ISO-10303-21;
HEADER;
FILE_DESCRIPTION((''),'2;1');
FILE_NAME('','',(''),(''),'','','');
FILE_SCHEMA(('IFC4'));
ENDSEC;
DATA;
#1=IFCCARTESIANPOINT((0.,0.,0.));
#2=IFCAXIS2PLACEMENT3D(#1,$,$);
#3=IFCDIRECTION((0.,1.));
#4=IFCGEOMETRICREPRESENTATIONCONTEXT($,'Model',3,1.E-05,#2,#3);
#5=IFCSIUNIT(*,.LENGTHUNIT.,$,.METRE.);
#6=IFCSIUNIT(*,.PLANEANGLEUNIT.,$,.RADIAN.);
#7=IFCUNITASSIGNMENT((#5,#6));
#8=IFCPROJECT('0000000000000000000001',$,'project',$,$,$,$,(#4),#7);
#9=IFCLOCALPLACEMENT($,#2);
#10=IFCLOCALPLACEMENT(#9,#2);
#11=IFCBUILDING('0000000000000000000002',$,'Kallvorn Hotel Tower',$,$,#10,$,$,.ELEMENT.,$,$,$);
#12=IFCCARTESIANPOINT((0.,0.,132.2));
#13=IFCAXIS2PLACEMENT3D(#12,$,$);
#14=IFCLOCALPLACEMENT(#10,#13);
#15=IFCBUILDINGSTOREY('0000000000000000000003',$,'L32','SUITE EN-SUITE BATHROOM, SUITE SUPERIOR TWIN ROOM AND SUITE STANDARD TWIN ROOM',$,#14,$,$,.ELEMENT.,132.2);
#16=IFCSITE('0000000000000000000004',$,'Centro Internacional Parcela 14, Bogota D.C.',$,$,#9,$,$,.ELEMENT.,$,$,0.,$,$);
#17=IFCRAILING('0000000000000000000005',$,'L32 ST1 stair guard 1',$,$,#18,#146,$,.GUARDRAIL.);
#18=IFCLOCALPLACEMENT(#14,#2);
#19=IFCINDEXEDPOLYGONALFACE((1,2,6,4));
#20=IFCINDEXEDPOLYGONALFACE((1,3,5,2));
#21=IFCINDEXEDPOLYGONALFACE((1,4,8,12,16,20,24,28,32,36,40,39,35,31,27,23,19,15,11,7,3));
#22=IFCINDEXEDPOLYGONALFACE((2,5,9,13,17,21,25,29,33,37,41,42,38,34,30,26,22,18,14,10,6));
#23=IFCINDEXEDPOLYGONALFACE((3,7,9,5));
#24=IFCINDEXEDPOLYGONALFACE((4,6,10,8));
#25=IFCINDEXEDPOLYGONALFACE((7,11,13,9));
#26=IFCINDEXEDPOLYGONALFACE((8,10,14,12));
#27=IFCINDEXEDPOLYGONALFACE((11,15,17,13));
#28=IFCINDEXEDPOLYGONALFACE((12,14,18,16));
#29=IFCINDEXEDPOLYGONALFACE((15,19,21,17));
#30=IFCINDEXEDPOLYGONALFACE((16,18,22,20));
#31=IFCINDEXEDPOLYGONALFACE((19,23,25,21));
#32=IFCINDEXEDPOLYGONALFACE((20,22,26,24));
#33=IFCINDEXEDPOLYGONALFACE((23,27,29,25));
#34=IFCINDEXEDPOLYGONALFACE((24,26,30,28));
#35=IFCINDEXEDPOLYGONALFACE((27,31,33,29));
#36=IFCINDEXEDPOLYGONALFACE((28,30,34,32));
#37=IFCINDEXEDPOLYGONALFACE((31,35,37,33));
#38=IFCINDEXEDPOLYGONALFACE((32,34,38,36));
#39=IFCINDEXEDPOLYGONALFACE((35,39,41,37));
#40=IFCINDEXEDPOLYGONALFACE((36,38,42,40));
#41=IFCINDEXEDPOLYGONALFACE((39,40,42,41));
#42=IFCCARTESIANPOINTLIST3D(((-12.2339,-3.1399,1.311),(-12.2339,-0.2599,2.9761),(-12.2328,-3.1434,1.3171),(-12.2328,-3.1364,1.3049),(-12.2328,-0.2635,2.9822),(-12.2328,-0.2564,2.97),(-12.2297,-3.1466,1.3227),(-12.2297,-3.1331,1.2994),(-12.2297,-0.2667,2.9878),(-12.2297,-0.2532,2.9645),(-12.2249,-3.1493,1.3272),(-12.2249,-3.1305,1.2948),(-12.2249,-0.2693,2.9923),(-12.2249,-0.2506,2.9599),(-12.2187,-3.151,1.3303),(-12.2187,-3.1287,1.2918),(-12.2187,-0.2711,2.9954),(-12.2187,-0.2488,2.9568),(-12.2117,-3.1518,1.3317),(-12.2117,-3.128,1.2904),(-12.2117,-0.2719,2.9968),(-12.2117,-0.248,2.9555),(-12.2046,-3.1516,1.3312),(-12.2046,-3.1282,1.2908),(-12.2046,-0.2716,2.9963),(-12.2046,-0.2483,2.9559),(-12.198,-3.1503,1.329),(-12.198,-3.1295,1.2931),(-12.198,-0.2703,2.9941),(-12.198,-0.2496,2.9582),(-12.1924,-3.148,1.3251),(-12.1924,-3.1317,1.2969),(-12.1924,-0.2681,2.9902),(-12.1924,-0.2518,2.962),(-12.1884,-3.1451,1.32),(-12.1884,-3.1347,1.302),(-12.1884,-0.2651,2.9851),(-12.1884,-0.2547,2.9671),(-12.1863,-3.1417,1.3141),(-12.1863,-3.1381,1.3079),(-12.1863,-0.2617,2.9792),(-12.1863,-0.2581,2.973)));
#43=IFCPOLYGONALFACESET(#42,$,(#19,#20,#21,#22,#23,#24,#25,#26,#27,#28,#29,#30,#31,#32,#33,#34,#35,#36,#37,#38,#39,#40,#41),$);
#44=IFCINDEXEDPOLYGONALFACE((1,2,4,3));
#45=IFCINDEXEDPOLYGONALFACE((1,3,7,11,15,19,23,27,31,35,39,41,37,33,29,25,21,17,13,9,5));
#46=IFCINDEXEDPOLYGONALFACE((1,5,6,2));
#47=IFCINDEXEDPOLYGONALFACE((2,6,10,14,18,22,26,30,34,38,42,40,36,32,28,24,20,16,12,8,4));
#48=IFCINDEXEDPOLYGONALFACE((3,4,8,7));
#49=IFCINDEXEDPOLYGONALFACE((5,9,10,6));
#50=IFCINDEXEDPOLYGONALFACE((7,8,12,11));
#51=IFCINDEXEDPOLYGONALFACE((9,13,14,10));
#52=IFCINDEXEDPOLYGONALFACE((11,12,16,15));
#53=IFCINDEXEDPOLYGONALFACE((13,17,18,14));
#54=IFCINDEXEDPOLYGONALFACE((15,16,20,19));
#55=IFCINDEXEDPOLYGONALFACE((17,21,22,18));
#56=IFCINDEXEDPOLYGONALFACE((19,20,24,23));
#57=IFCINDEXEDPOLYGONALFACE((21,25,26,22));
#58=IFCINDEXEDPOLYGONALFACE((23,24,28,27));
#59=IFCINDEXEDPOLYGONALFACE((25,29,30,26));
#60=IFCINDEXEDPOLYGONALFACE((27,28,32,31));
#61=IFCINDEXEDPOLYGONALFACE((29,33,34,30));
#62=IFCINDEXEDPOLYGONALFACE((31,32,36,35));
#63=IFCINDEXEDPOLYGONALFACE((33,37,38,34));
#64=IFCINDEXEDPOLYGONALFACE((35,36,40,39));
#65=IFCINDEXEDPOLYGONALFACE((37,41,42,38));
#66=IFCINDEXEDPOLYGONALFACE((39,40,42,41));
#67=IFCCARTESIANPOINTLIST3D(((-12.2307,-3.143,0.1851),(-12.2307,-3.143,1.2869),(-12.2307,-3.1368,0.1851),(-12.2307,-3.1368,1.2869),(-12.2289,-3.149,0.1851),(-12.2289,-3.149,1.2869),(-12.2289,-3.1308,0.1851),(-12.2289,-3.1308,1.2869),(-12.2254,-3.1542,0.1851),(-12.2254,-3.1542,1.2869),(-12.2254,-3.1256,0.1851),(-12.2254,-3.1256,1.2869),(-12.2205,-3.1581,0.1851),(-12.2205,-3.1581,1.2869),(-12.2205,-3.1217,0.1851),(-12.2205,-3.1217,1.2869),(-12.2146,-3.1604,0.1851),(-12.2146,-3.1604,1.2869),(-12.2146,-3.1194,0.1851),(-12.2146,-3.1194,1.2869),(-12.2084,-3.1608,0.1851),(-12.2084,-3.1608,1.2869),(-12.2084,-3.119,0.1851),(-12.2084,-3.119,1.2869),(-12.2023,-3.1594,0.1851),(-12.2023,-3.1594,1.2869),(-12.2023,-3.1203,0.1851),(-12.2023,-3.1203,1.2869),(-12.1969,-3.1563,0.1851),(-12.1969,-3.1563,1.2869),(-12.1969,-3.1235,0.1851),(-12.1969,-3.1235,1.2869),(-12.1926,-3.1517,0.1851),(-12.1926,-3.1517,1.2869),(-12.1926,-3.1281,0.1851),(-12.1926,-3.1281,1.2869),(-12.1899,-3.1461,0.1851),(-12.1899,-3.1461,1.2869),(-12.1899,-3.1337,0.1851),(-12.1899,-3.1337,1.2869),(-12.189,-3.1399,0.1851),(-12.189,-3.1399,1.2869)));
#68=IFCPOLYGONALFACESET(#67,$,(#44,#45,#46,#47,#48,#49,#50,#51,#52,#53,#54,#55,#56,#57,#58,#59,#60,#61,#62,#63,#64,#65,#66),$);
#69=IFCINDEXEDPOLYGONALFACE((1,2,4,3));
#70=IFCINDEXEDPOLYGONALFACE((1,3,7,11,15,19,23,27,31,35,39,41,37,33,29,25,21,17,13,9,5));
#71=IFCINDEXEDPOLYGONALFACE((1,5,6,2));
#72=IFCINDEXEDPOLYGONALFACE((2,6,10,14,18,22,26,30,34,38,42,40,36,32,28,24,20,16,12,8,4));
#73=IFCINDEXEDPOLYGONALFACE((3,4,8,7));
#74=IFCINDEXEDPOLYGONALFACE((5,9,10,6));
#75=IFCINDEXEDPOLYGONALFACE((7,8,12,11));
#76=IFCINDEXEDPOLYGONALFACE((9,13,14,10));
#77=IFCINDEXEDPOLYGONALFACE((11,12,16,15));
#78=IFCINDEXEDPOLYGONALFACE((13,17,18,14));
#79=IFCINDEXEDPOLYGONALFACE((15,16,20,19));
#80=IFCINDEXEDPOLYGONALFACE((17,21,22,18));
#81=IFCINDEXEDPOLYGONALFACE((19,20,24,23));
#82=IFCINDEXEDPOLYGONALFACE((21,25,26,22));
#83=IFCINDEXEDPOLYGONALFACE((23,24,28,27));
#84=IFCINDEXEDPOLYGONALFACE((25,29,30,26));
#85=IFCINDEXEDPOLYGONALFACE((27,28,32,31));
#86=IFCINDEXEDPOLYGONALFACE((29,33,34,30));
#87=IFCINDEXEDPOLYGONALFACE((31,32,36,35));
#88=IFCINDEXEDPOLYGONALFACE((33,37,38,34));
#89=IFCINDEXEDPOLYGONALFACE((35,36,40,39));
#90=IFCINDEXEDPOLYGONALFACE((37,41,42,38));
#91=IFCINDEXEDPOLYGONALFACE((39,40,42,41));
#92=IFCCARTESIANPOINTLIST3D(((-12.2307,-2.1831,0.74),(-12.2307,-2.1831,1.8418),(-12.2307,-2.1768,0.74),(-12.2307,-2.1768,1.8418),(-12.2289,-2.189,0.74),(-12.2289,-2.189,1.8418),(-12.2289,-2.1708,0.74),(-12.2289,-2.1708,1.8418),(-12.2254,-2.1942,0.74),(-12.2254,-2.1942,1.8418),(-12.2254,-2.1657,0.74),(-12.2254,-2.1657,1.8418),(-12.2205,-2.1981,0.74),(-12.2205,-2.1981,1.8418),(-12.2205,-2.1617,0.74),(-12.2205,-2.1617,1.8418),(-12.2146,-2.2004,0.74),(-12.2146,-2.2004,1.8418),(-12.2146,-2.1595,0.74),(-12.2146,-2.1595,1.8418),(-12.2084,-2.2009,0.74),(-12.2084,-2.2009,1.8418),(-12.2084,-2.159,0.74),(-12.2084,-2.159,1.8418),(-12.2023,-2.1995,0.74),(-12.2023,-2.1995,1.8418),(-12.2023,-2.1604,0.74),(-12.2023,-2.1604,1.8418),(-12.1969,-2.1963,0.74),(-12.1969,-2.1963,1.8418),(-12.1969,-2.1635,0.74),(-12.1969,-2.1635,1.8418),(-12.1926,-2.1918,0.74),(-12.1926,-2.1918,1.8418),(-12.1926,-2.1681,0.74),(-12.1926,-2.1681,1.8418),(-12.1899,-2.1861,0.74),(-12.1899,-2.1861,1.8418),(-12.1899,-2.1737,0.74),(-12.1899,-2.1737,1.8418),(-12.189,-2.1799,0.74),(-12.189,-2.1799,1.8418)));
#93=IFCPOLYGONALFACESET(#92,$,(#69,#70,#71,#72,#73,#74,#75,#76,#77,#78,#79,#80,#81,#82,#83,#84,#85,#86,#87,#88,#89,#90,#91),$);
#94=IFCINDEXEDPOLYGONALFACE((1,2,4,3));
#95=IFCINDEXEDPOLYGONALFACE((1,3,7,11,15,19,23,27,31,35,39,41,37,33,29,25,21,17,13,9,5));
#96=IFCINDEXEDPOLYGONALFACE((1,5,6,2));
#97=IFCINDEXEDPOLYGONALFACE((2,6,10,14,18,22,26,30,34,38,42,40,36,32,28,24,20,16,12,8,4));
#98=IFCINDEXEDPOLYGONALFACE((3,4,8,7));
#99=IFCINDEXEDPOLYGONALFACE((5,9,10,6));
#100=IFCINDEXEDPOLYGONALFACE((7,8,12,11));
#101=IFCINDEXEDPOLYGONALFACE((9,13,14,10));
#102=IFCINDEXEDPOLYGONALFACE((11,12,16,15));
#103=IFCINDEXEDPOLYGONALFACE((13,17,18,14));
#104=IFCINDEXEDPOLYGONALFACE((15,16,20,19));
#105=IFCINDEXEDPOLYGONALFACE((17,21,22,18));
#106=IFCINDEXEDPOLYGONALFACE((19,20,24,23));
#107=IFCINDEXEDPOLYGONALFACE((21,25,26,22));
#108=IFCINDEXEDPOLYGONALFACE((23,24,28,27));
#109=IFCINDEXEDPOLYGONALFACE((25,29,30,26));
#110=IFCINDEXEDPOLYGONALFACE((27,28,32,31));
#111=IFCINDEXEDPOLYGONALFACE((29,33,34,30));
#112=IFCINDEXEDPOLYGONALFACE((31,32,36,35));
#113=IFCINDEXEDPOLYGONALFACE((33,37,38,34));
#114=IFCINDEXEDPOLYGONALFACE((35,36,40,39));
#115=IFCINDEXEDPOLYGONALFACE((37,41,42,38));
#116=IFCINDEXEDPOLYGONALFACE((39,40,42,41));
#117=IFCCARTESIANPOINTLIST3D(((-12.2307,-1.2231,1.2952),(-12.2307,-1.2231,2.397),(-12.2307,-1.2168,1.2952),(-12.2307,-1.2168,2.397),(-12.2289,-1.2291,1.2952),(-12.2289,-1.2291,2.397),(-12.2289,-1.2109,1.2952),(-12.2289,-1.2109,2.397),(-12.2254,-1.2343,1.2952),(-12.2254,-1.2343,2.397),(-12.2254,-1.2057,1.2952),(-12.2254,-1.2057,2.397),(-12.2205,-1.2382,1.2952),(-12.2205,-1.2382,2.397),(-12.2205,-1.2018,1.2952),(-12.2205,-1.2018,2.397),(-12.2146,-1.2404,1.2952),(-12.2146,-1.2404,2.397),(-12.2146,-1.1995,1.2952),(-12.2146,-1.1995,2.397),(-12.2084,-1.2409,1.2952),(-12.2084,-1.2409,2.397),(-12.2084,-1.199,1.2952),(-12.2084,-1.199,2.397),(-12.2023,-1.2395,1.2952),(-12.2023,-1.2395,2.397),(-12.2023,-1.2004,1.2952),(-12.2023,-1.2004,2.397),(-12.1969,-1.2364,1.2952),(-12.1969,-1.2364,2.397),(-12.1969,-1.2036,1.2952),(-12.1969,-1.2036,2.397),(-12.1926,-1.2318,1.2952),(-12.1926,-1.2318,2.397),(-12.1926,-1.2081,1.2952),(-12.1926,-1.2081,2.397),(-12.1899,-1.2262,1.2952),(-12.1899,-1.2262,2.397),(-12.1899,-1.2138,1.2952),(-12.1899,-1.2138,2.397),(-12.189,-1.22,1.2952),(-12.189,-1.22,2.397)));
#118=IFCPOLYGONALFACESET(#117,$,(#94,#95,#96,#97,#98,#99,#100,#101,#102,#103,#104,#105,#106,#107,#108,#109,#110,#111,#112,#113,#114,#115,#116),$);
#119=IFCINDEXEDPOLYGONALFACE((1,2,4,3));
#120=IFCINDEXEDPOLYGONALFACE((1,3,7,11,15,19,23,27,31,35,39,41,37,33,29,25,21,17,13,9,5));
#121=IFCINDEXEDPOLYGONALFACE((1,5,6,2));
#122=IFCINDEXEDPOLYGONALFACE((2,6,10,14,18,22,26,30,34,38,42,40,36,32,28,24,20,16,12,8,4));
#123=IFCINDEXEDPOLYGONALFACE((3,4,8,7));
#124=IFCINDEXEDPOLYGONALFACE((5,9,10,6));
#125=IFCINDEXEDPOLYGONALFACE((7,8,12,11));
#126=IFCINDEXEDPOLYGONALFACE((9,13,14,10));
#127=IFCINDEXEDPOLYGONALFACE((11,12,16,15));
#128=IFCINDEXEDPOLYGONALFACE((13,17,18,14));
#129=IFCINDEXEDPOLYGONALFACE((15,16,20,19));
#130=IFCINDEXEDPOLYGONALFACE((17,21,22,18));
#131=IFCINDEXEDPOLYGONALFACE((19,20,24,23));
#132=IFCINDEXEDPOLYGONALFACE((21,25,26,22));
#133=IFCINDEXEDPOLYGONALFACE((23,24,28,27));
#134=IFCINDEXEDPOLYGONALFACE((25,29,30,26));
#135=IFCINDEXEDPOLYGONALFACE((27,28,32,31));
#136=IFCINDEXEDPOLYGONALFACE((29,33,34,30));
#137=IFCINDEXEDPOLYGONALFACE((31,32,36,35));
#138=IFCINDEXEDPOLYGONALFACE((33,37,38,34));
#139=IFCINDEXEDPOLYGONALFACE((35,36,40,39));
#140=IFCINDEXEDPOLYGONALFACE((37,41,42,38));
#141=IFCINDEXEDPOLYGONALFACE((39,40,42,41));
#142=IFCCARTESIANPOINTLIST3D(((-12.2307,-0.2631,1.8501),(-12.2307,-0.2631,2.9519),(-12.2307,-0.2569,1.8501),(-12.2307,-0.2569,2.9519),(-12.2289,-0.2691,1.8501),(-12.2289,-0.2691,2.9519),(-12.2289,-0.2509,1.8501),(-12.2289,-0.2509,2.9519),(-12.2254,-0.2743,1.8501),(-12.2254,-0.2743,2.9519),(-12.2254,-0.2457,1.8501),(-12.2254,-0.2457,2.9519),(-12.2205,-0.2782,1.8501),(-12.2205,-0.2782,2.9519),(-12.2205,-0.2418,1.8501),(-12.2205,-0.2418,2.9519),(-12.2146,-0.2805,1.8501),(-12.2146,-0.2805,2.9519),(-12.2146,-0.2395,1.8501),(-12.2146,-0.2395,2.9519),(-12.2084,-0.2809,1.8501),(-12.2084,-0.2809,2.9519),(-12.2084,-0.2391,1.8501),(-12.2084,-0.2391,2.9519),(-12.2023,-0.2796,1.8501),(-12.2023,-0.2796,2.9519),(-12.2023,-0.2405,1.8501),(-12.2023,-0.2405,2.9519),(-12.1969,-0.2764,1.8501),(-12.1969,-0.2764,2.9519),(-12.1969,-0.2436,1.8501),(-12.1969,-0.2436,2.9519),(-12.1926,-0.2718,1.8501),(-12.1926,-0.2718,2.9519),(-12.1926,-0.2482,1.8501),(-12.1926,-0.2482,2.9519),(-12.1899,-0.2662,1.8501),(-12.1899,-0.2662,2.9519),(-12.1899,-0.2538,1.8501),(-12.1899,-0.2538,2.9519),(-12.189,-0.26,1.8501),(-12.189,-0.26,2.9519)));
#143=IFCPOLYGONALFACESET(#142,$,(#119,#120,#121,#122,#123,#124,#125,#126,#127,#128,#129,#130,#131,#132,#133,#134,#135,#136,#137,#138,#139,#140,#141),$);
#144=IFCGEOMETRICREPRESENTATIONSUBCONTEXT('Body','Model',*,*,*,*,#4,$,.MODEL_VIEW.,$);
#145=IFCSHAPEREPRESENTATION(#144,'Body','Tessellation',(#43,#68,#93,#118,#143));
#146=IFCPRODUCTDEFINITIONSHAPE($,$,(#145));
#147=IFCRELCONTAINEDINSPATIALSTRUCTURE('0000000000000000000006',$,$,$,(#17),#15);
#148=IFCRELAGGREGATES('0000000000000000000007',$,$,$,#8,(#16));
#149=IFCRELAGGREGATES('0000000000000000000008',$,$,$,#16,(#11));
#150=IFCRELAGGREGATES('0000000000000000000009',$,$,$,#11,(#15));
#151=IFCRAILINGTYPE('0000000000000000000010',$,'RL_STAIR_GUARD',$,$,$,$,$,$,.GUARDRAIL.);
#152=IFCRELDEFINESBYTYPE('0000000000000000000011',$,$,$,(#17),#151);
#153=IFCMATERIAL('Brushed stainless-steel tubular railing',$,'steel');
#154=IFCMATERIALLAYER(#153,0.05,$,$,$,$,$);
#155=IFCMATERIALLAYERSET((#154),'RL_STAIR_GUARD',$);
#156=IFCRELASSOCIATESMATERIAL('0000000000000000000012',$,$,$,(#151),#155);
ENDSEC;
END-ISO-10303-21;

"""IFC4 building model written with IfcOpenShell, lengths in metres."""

from ifc_helpers import new_model, si_unit, direction, frame, origin, origin_2d, place, context, subcontext, project, spatial, circle, extrude, material, layer, layer_set, type_object, element, save


model = new_model("IFC4")

# Units and contexts
model_context = context("Model", 3, precision=1e-05, world=origin(), true_north=direction((0.0, 1.0)))
body_context = subcontext(model_context, "Body", "Model", "MODEL_VIEW")
ifc_project = project(units=[si_unit("LENGTHUNIT", "METRE"), si_unit("PLANEANGLEUNIT", "RADIAN")], contexts=[model_context])

# Site, building, storey
site_placement = place(None, origin())
site = spatial("IfcSite", under=ifc_project, at=site_placement, Name="Centro Internacional Parcela 14, Bogota D.C.", CompositionType="ELEMENT", RefElevation=0.0)
building_placement = place(site_placement, origin())
building = spatial("IfcBuilding", under=site, at=building_placement, Name="Kallvorn Hotel Tower", CompositionType="ELEMENT")
storey_placement = place(building_placement, frame((0.0, 0.0, 132.2)))
storey = spatial("IfcBuildingStorey", under=building, at=storey_placement, Name="L32", Description="SUITE EN-SUITE BATHROOM, SUITE SUPERIOR TWIN ROOM AND SUITE STANDARD TWIN ROOM", CompositionType="ELEMENT", Elevation=132.2)

# Railing
ifc_material_1 = material(Name="Brushed stainless-steel tubular railing", Category="steel")
ifc_layer_1 = layer(ifc_material_1, 0.05)
ifc_layer_set_1 = layer_set([ifc_layer_1], Name="RL_STAIR_GUARD")
railing_type_1 = type_object("IfcRailingType", Name="RL_STAIR_GUARD", PredefinedType="GUARDRAIL", material=ifc_layer_set_1)
railing_1_placement = place(storey_placement, frame((-12.21, -3.1399, 0.1851)))
element("IfcRailing", 1, at=railing_1_placement, inside=storey, type_object=railing_type_1, Name="L32 ST1 stair guard 1", PredefinedType="GUARDRAIL", context=body_context, shape_type="SweptSolid", body=[
    extrude(circle(Radius=0.0239, at=origin_2d()), frame((0.0, 0.0, 1.126), z_axis=(0.0, 0.865721, 0.500527), x_axis=(-1.0, 0.0, 0.0)), (0.0, 0.0, 1.0), 3.3267),
    extrude(circle(Radius=0.021, at=origin_2d()), origin(), (0.0, 0.0, 1.0), 1.1018),
    extrude(circle(Radius=0.021, at=origin_2d()), frame((0.0, 0.96, 0.5549)), (0.0, 0.0, 1.0), 1.1018),
    extrude(circle(Radius=0.021, at=origin_2d()), frame((0.0, 1.9199, 1.1101)), (0.0, 0.0, 1.0), 1.1018),
    extrude(circle(Radius=0.021, at=origin_2d()), frame((0.0, 2.8799, 1.665)), (0.0, 0.0, 1.0), 1.1018),
])

save(model, "model.ifc")
